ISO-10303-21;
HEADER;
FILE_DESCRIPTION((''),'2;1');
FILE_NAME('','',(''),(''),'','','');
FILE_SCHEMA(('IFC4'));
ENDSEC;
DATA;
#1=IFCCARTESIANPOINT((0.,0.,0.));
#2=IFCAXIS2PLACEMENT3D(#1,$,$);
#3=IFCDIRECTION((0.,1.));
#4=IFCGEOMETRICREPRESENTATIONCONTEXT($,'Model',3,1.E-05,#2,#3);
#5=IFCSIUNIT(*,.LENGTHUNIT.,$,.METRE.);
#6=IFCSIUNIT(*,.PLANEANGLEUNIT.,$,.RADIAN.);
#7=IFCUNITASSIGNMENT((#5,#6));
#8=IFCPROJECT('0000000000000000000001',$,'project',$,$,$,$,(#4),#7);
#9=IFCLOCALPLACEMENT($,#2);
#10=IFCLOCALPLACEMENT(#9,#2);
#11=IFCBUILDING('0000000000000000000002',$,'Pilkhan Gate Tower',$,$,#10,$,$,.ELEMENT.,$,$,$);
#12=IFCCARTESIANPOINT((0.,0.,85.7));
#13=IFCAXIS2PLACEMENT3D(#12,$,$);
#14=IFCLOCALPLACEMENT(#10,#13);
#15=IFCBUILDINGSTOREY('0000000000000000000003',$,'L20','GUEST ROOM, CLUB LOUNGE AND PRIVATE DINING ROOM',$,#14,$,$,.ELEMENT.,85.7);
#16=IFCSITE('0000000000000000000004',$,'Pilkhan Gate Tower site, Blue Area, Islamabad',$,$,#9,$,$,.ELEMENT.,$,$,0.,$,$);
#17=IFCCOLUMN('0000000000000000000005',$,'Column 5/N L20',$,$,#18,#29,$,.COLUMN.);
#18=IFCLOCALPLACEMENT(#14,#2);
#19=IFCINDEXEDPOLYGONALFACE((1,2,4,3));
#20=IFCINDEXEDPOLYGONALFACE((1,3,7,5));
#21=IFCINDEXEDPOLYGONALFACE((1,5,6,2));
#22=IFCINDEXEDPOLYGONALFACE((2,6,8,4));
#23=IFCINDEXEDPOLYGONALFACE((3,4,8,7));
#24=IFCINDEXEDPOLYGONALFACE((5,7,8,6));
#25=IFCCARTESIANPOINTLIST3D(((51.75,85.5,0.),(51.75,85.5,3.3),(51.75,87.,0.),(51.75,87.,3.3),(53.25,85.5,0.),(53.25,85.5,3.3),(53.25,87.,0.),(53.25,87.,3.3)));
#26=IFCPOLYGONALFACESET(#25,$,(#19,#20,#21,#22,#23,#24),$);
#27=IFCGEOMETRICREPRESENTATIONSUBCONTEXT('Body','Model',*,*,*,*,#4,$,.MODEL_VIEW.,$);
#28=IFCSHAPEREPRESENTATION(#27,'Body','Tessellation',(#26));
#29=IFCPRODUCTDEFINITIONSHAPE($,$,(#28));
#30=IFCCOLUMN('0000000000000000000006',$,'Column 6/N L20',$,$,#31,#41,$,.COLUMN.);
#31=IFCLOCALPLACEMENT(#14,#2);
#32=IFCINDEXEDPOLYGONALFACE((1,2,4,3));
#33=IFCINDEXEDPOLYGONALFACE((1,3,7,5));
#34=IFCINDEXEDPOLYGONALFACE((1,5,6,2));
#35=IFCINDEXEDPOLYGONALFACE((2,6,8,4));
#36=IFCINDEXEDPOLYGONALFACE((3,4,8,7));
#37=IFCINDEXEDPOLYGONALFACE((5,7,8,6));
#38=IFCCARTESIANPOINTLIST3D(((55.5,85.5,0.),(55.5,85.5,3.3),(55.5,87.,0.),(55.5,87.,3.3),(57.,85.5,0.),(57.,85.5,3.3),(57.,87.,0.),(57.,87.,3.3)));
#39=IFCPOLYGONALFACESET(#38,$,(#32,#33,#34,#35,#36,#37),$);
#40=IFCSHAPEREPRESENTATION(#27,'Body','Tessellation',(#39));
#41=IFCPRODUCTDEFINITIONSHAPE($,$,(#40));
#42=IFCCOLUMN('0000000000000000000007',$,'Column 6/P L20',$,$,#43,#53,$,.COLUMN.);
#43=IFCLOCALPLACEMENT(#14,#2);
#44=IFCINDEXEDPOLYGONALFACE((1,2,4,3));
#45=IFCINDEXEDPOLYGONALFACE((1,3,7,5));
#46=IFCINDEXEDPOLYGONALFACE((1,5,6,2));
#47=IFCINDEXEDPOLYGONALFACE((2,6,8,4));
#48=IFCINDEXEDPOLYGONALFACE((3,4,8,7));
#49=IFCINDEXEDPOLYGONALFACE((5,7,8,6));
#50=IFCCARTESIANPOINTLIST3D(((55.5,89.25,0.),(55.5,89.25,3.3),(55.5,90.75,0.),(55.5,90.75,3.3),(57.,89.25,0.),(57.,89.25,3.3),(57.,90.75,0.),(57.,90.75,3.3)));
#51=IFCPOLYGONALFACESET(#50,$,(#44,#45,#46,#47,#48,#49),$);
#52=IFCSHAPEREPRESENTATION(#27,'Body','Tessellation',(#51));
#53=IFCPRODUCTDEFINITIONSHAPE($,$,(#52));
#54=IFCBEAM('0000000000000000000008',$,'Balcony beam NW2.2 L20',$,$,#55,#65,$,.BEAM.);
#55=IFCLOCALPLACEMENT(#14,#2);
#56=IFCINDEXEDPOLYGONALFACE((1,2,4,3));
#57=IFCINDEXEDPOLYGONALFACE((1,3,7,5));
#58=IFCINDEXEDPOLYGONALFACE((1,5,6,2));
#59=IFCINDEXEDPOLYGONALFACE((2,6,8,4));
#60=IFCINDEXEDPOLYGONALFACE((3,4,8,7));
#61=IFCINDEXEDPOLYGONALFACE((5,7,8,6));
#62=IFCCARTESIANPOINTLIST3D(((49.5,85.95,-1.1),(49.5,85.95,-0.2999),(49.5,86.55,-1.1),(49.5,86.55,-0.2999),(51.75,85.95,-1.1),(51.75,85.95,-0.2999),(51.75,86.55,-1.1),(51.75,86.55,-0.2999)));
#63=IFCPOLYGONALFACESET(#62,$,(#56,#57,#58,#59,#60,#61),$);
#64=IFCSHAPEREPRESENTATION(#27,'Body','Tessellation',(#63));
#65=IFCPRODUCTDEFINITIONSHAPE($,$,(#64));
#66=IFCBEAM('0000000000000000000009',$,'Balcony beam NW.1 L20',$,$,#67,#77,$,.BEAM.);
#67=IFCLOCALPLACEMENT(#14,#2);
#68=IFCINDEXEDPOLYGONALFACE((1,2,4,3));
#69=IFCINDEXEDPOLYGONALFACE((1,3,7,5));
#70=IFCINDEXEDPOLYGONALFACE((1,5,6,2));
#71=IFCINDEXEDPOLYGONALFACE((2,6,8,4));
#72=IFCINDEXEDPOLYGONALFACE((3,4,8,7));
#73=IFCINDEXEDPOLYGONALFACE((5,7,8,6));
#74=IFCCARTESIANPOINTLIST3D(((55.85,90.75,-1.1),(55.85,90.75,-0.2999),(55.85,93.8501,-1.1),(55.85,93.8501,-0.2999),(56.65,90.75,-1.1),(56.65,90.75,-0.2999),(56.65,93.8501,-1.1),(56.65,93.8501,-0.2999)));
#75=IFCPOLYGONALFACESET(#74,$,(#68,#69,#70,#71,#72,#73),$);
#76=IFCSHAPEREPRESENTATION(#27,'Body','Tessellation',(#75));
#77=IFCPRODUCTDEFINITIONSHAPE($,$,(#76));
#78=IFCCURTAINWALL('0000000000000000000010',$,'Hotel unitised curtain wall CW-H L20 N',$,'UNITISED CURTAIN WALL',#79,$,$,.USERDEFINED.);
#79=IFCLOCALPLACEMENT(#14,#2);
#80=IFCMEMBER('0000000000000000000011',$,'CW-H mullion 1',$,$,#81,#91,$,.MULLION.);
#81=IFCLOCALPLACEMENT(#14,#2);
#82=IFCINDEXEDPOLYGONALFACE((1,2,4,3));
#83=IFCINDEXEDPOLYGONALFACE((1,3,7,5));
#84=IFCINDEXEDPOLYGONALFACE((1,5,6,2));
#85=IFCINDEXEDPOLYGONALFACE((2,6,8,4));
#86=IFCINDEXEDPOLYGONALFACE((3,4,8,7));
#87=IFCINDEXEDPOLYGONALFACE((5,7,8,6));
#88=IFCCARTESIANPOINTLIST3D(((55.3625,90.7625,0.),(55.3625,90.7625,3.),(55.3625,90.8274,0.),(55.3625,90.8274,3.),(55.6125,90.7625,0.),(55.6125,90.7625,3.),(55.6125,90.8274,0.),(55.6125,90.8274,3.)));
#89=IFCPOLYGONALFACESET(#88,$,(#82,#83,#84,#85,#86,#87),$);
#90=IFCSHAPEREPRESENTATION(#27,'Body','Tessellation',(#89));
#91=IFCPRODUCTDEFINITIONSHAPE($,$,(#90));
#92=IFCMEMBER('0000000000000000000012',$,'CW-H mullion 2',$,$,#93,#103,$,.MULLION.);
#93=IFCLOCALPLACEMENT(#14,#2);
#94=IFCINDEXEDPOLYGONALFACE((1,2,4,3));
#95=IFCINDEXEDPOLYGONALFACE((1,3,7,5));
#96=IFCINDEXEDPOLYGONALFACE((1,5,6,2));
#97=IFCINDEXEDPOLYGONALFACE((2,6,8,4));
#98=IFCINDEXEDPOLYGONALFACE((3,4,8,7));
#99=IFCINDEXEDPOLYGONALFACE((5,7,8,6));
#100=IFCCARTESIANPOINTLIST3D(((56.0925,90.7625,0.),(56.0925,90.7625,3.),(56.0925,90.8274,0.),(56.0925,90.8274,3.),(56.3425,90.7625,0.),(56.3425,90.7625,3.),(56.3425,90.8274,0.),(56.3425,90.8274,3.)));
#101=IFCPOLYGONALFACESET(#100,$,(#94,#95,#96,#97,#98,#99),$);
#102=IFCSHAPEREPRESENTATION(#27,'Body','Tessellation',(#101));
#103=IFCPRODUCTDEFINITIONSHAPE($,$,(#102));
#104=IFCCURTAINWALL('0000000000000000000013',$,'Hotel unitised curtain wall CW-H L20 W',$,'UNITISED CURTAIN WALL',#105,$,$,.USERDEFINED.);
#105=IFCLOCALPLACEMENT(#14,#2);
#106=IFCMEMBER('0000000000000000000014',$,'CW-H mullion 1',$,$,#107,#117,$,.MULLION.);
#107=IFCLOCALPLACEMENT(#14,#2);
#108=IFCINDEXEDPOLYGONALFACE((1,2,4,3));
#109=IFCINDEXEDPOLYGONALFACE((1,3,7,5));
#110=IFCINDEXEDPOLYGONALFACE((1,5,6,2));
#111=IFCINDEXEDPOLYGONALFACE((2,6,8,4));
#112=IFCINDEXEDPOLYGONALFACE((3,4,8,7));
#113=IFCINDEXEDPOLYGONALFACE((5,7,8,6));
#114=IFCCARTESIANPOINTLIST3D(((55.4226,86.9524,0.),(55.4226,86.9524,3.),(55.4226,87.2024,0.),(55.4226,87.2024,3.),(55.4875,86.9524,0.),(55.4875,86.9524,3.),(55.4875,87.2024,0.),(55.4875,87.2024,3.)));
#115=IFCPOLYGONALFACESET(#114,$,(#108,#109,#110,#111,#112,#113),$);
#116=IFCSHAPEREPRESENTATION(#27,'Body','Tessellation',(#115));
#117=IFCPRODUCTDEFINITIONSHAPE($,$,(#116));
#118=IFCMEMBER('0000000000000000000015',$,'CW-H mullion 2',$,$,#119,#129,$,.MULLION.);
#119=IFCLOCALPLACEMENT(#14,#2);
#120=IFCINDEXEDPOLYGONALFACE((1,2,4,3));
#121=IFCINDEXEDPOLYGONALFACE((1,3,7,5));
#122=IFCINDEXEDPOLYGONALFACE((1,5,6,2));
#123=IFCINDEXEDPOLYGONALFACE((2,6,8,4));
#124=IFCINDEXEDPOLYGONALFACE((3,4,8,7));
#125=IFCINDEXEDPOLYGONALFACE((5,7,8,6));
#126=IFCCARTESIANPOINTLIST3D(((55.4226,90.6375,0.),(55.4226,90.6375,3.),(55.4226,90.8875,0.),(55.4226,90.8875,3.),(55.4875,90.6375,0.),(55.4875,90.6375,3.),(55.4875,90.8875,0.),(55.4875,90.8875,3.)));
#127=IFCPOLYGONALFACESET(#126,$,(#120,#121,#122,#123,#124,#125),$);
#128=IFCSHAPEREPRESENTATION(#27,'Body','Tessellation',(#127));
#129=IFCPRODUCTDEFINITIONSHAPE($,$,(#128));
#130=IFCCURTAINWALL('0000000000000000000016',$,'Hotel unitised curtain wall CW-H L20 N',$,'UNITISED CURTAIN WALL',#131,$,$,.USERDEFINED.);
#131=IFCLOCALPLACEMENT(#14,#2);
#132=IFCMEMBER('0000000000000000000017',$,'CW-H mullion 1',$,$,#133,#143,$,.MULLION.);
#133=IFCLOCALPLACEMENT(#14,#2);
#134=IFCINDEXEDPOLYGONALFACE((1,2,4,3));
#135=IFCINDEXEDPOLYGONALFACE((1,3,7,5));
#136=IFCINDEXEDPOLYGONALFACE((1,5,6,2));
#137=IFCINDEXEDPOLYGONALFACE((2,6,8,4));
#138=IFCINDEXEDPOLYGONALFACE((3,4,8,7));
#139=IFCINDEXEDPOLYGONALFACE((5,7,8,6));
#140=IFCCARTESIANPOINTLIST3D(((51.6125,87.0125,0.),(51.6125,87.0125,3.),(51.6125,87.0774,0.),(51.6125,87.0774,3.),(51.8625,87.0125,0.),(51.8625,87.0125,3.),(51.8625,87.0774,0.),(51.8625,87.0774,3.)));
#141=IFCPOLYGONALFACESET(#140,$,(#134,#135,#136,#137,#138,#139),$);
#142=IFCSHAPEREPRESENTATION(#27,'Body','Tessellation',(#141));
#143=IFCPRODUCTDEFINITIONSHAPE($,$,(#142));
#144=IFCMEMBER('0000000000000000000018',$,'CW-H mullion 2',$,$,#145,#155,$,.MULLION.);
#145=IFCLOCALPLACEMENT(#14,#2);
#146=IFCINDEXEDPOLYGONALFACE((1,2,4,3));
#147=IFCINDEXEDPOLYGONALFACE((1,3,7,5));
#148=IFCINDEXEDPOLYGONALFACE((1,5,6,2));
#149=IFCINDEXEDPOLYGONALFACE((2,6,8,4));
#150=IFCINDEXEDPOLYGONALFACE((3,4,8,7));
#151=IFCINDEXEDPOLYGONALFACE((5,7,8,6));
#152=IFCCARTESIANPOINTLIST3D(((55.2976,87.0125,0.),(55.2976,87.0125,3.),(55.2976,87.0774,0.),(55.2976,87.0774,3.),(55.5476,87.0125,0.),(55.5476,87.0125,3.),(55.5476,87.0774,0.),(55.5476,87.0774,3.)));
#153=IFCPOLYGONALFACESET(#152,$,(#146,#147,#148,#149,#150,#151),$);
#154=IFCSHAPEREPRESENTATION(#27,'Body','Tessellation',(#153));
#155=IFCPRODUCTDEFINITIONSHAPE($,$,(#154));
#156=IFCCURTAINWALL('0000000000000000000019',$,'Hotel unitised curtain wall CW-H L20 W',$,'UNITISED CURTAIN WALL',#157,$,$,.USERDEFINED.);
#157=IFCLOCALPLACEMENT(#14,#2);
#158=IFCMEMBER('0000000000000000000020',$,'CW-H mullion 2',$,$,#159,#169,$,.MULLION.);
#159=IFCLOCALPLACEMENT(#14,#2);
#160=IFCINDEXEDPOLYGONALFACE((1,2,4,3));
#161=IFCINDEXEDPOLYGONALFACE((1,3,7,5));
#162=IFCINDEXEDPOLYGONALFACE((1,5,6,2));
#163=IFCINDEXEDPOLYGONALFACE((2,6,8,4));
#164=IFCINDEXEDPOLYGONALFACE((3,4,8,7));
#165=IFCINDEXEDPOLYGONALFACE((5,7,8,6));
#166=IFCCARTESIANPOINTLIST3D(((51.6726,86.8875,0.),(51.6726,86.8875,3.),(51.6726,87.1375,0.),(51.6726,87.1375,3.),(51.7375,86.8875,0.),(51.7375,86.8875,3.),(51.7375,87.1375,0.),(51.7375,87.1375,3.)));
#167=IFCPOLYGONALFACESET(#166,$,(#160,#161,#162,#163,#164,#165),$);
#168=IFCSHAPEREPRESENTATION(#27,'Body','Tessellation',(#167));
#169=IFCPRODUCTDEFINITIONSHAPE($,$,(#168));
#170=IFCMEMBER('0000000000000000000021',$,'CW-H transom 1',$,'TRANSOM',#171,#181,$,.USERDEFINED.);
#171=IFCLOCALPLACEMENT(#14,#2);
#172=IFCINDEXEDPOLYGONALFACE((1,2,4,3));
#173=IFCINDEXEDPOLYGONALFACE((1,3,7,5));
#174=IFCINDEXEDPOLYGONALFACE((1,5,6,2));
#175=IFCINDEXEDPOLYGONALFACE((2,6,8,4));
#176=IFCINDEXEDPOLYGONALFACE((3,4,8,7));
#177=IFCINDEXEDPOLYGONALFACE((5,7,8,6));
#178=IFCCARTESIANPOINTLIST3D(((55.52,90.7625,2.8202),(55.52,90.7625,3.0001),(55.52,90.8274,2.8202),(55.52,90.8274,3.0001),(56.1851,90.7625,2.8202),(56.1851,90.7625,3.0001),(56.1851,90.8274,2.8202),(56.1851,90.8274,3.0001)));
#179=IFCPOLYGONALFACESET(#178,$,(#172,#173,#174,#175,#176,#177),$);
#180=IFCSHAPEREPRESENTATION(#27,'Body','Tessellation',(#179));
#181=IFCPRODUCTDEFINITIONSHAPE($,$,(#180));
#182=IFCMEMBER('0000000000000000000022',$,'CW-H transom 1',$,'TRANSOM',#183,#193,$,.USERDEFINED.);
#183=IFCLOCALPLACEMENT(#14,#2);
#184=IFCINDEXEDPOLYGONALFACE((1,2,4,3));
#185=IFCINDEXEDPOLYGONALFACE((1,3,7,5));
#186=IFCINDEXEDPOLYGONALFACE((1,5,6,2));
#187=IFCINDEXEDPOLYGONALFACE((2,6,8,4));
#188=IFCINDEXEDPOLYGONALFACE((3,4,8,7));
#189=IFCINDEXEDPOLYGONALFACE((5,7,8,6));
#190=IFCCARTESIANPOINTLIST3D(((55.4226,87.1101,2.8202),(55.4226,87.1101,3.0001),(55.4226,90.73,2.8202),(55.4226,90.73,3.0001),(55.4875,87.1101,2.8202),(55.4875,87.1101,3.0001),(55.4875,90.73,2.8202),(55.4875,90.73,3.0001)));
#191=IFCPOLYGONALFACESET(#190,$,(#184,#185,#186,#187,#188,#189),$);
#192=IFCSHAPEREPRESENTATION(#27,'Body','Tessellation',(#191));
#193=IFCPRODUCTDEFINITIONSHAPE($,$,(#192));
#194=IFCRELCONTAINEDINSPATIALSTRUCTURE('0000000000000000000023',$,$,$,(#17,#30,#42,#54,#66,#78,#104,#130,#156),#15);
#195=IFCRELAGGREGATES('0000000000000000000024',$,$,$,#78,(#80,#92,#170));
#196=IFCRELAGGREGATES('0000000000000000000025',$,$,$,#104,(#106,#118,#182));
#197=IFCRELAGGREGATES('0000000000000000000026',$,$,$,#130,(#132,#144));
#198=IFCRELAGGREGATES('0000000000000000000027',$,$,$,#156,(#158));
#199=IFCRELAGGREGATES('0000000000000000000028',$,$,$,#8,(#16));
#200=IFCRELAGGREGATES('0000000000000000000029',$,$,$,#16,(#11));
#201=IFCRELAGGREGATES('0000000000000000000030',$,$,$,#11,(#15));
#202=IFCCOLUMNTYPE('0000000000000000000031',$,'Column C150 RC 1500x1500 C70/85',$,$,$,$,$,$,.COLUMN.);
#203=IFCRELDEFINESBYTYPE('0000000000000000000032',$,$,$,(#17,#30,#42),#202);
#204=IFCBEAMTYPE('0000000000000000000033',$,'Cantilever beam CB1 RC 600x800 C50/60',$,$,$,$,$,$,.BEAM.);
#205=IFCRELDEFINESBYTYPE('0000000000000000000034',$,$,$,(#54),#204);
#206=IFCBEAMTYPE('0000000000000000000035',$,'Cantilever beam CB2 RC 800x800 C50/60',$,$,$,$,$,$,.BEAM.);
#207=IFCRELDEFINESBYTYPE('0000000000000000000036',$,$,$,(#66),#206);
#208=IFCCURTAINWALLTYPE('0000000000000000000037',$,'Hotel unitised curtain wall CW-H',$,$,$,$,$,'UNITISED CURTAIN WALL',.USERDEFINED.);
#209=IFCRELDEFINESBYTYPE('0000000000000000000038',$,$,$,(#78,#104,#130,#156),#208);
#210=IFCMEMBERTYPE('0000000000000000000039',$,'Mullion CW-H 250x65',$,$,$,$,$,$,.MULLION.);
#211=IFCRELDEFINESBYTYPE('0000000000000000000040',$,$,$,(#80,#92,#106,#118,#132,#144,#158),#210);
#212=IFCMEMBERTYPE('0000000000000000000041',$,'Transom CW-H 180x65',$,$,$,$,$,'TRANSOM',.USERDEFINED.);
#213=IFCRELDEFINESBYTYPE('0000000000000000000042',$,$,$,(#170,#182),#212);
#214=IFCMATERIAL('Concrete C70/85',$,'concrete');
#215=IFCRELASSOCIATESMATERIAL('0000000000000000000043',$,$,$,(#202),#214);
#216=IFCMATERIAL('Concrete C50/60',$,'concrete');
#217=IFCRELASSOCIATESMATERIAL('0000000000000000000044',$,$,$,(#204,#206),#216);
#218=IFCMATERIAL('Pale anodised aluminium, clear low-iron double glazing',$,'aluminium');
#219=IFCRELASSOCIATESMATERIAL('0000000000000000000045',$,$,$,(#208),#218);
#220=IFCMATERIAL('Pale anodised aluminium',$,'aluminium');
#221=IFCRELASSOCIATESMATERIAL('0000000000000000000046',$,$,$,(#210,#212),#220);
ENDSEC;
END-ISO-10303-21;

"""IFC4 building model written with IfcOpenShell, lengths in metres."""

from ifc_helpers import new_model, si_unit, direction, frame, origin, origin_2d, place, context, subcontext, project, spatial, rectangle, extrude, material, material_profile, profile_set, type_object, element, aggregate, save


model = new_model("IFC4")

# Units and contexts
model_context = context("Model", 3, precision=1e-05, world=origin(), true_north=direction((0.0, 1.0)))
body_context = subcontext(model_context, "Body", "Model", "MODEL_VIEW")
ifc_project = project(units=[si_unit("LENGTHUNIT", "METRE"), si_unit("PLANEANGLEUNIT", "RADIAN")], contexts=[model_context])

# Site, building, storey
site_placement = place(None, origin())
site = spatial("IfcSite", under=ifc_project, at=site_placement, Name="Pilkhan Gate Tower site, Blue Area, Islamabad", CompositionType="ELEMENT", RefElevation=0.0)
building_placement = place(site_placement, origin())
building = spatial("IfcBuilding", under=site, at=building_placement, Name="Pilkhan Gate Tower", CompositionType="ELEMENT")
storey_placement = place(building_placement, frame((0.0, 0.0, 85.7)))
storey = spatial("IfcBuildingStorey", under=building, at=storey_placement, Name="L20", Description="GUEST ROOM, CLUB LOUNGE AND PRIVATE DINING ROOM", CompositionType="ELEMENT", Elevation=85.7)

# Columns
ifc_material_1 = material(Name="Concrete C70/85", Category="concrete")
ifc_material_profile_1 = material_profile(ifc_material_1, rectangle(XDim=1.5, YDim=1.5, at=origin_2d()), Name="RC 1500x1500")
ifc_profile_set_1 = profile_set([ifc_material_profile_1], Name="Concrete C70/85")
column_type = type_object("IfcColumnType", Name="Column C150 RC 1500x1500 C70/85", PredefinedType="COLUMN", material=ifc_profile_set_1)
for number, where, z_axis, x_axis, name in (
    (1, (52.5, 86.25, 0.0), (0.0, 0.0, 1.0), (1.0, 0.0, 0.0), "Column 5/N L20"),
    (2, (56.25, 86.25, 0.0), (0.0, 0.0, 1.0), (1.0, 0.0, 0.0), "Column 6/N L20"),
    (3, (56.25, 90.0, 0.0), (0.0, 0.0, 1.0), (1.0, 0.0, 0.0), "Column 6/P L20"),
):
    element("IfcColumn", number, at=place(storey_placement, frame(where, z_axis=z_axis, x_axis=x_axis)), inside=storey, type_object=column_type, Name=name, PredefinedType="COLUMN", context=body_context, shape_type="SweptSolid", body=[
        extrude(rectangle(XDim=1.5, YDim=1.5, at=origin_2d()), origin(), (0.0, 0.0, 1.0), 3.3),
    ])

# Beams
ifc_material_2 = material(Name="Concrete C50/60", Category="concrete")
ifc_material_profile_2 = material_profile(ifc_material_2, rectangle(XDim=0.6001, YDim=0.8, at=origin_2d()), Name="RC 600x800")
ifc_profile_set_2 = profile_set([ifc_material_profile_2], Name="Concrete C50/60")
beam_type_1 = type_object("IfcBeamType", Name="Cantilever beam CB1 RC 600x800 C50/60", PredefinedType="BEAM", material=ifc_profile_set_2)
beam_1_placement = place(storey_placement, frame((51.75, 86.25, -0.7), z_axis=(-1.0, 0.0, 0.0), x_axis=(0.0, -1.0, 0.0)))
element("IfcBeam", 4, at=beam_1_placement, inside=storey, type_object=beam_type_1, Name="Balcony beam NW2.2 L20", PredefinedType="BEAM", context=body_context, shape_type="SweptSolid", body=[
    extrude(rectangle(XDim=0.6001, YDim=0.8, at=origin_2d()), origin(), (0.0, 0.0, 1.0), 2.25),
])
ifc_material_profile_3 = material_profile(ifc_material_2, rectangle(XDim=0.8, YDim=0.8, at=origin_2d()), Name="RC 800x800")
ifc_profile_set_3 = profile_set([ifc_material_profile_3], Name="Concrete C50/60")
beam_type_2 = type_object("IfcBeamType", Name="Cantilever beam CB2 RC 800x800 C50/60", PredefinedType="BEAM", material=ifc_profile_set_3)
beam_2_placement = place(storey_placement, frame((56.25, 90.75, -0.7), z_axis=(0.0, 1.0, 0.0), x_axis=(-1.0, 0.0, 0.0)))
element("IfcBeam", 5, at=beam_2_placement, inside=storey, type_object=beam_type_2, Name="Balcony beam NW.1 L20", PredefinedType="BEAM", context=body_context, shape_type="SweptSolid", body=[
    extrude(rectangle(XDim=0.8, YDim=0.8, at=origin_2d()), origin(), (0.0, 0.0, 1.0), 3.1001),
])

# Curtain walls, members
ifc_material_3 = material(Name="Pale anodised aluminium, clear low-iron double glazing", Category="aluminium")
curtain_wall_type = type_object("IfcCurtainWallType", Name="Hotel unitised curtain wall CW-H", ElementType="UNITISED CURTAIN WALL", PredefinedType="USERDEFINED", material=ifc_material_3)
curtain_wall_1_placement = place(storey_placement, origin())
curtain_wall_1 = element("IfcCurtainWall", 6, at=curtain_wall_1_placement, inside=storey, type_object=curtain_wall_type, Name="Hotel unitised curtain wall CW-H L20 N", ObjectType="UNITISED CURTAIN WALL", PredefinedType="USERDEFINED")
ifc_material_4 = material(Name="Pale anodised aluminium", Category="aluminium")
ifc_material_profile_4 = material_profile(ifc_material_4, rectangle(XDim=0.0649, YDim=0.25, at=origin_2d()), Name="Mullion 250x65")
ifc_profile_set_4 = profile_set([ifc_material_profile_4], Name="Pale anodised aluminium")
member_type_1 = type_object("IfcMemberType", Name="Mullion CW-H 250x65", PredefinedType="MULLION", material=ifc_profile_set_4)
member_1_placement = place(storey_placement, frame((55.4875, 90.7949, 0.0), z_axis=(0.0, 0.0, 1.0), x_axis=(0.0, 1.0, 0.0)))
member_1 = element("IfcMember", 7, at=member_1_placement, type_object=member_type_1, Name="CW-H mullion 1", PredefinedType="MULLION", context=body_context, shape_type="SweptSolid", body=[
    extrude(rectangle(XDim=0.0649, YDim=0.25, at=origin_2d()), origin(), (0.0, 0.0, 1.0), 3.0),
])
member_2_placement = place(storey_placement, frame((56.2175, 90.7949, 0.0), z_axis=(0.0, 0.0, 1.0), x_axis=(0.0, 1.0, 0.0)))
member_2 = element("IfcMember", 8, at=member_2_placement, type_object=member_type_1, Name="CW-H mullion 2", PredefinedType="MULLION", context=body_context, shape_type="SweptSolid", body=[
    extrude(rectangle(XDim=0.0649, YDim=0.25, at=origin_2d()), origin(), (0.0, 0.0, 1.0), 3.0),
])
curtain_wall_2_placement = place(storey_placement, origin())
curtain_wall_2 = element("IfcCurtainWall", 9, at=curtain_wall_2_placement, inside=storey, type_object=curtain_wall_type, Name="Hotel unitised curtain wall CW-H L20 W", ObjectType="UNITISED CURTAIN WALL", PredefinedType="USERDEFINED")
member_3_placement = place(storey_placement, frame((55.4551, 87.0774, 0.0), z_axis=(0.0, 0.0, 1.0), x_axis=(-1.0, 0.0, 0.0)))
member_3 = element("IfcMember", 10, at=member_3_placement, type_object=member_type_1, Name="CW-H mullion 1", PredefinedType="MULLION", context=body_context, shape_type="SweptSolid", body=[
    extrude(rectangle(XDim=0.0649, YDim=0.25, at=origin_2d()), origin(), (0.0, 0.0, 1.0), 3.0),
])
member_4_placement = place(storey_placement, frame((55.4551, 90.7625, 0.0), z_axis=(0.0, 0.0, 1.0), x_axis=(-1.0, 0.0, 0.0)))
member_4 = element("IfcMember", 11, at=member_4_placement, type_object=member_type_1, Name="CW-H mullion 2", PredefinedType="MULLION", context=body_context, shape_type="SweptSolid", body=[
    extrude(rectangle(XDim=0.0649, YDim=0.25, at=origin_2d()), origin(), (0.0, 0.0, 1.0), 3.0),
])
curtain_wall_3_placement = place(storey_placement, origin())
curtain_wall_3 = element("IfcCurtainWall", 12, at=curtain_wall_3_placement, inside=storey, type_object=curtain_wall_type, Name="Hotel unitised curtain wall CW-H L20 N", ObjectType="UNITISED CURTAIN WALL", PredefinedType="USERDEFINED")
member_5_placement = place(storey_placement, frame((51.7375, 87.0449, 0.0), z_axis=(0.0, 0.0, 1.0), x_axis=(0.0, 1.0, 0.0)))
member_5 = element("IfcMember", 13, at=member_5_placement, type_object=member_type_1, Name="CW-H mullion 1", PredefinedType="MULLION", context=body_context, shape_type="SweptSolid", body=[
    extrude(rectangle(XDim=0.0649, YDim=0.25, at=origin_2d()), origin(), (0.0, 0.0, 1.0), 3.0),
])
member_6_placement = place(storey_placement, frame((55.4226, 87.0449, 0.0), z_axis=(0.0, 0.0, 1.0), x_axis=(0.0, 1.0, 0.0)))
member_6 = element("IfcMember", 14, at=member_6_placement, type_object=member_type_1, Name="CW-H mullion 2", PredefinedType="MULLION", context=body_context, shape_type="SweptSolid", body=[
    extrude(rectangle(XDim=0.0649, YDim=0.25, at=origin_2d()), origin(), (0.0, 0.0, 1.0), 3.0),
])

# Curtain wall, member
curtain_wall_4_placement = place(storey_placement, origin())
curtain_wall_4 = element("IfcCurtainWall", 15, at=curtain_wall_4_placement, inside=storey, type_object=curtain_wall_type, Name="Hotel unitised curtain wall CW-H L20 W", ObjectType="UNITISED CURTAIN WALL", PredefinedType="USERDEFINED")
member_7_placement = place(storey_placement, frame((51.7051, 87.0125, 0.0), z_axis=(0.0, 0.0, 1.0), x_axis=(-1.0, 0.0, 0.0)))
member_7 = element("IfcMember", 16, at=member_7_placement, type_object=member_type_1, Name="CW-H mullion 2", PredefinedType="MULLION", context=body_context, shape_type="SweptSolid", body=[
    extrude(rectangle(XDim=0.0649, YDim=0.25, at=origin_2d()), origin(), (0.0, 0.0, 1.0), 3.0),
])

# Members
ifc_material_profile_5 = material_profile(ifc_material_4, rectangle(XDim=0.0649, YDim=0.1799, at=origin_2d()), Name="Transom 180x65")
ifc_profile_set_5 = profile_set([ifc_material_profile_5], Name="Pale anodised aluminium")
member_type_2 = type_object("IfcMemberType", Name="Transom CW-H 180x65", ElementType="TRANSOM", PredefinedType="USERDEFINED", material=ifc_profile_set_5)
member_8_placement = place(storey_placement, frame((55.52, 90.7949, 2.9102), z_axis=(1.0, 0.0, 0.0), x_axis=(0.0, 1.0, 0.0)))
member_8 = element("IfcMember", 17, at=member_8_placement, type_object=member_type_2, Name="CW-H transom 1", ObjectType="TRANSOM", PredefinedType="USERDEFINED", context=body_context, shape_type="SweptSolid", body=[
    extrude(rectangle(XDim=0.0649, YDim=0.1799, at=origin_2d()), origin(), (0.0, 0.0, 1.0), 0.665),
])
member_9_placement = place(storey_placement, frame((55.4551, 87.1101, 2.9102), z_axis=(0.0, 1.0, 0.0), x_axis=(-1.0, 0.0, 0.0)))
member_9 = element("IfcMember", 18, at=member_9_placement, type_object=member_type_2, Name="CW-H transom 1", ObjectType="TRANSOM", PredefinedType="USERDEFINED", context=body_context, shape_type="SweptSolid", body=[
    extrude(rectangle(XDim=0.0649, YDim=0.1799, at=origin_2d()), origin(), (0.0, 0.0, 1.0), 3.6199),
])

aggregate(curtain_wall_1, [member_1, member_2, member_8])
aggregate(curtain_wall_2, [member_3, member_4, member_9])
aggregate(curtain_wall_3, [member_5, member_6])
aggregate(curtain_wall_4, [member_7])

save(model, "model.ifc")
